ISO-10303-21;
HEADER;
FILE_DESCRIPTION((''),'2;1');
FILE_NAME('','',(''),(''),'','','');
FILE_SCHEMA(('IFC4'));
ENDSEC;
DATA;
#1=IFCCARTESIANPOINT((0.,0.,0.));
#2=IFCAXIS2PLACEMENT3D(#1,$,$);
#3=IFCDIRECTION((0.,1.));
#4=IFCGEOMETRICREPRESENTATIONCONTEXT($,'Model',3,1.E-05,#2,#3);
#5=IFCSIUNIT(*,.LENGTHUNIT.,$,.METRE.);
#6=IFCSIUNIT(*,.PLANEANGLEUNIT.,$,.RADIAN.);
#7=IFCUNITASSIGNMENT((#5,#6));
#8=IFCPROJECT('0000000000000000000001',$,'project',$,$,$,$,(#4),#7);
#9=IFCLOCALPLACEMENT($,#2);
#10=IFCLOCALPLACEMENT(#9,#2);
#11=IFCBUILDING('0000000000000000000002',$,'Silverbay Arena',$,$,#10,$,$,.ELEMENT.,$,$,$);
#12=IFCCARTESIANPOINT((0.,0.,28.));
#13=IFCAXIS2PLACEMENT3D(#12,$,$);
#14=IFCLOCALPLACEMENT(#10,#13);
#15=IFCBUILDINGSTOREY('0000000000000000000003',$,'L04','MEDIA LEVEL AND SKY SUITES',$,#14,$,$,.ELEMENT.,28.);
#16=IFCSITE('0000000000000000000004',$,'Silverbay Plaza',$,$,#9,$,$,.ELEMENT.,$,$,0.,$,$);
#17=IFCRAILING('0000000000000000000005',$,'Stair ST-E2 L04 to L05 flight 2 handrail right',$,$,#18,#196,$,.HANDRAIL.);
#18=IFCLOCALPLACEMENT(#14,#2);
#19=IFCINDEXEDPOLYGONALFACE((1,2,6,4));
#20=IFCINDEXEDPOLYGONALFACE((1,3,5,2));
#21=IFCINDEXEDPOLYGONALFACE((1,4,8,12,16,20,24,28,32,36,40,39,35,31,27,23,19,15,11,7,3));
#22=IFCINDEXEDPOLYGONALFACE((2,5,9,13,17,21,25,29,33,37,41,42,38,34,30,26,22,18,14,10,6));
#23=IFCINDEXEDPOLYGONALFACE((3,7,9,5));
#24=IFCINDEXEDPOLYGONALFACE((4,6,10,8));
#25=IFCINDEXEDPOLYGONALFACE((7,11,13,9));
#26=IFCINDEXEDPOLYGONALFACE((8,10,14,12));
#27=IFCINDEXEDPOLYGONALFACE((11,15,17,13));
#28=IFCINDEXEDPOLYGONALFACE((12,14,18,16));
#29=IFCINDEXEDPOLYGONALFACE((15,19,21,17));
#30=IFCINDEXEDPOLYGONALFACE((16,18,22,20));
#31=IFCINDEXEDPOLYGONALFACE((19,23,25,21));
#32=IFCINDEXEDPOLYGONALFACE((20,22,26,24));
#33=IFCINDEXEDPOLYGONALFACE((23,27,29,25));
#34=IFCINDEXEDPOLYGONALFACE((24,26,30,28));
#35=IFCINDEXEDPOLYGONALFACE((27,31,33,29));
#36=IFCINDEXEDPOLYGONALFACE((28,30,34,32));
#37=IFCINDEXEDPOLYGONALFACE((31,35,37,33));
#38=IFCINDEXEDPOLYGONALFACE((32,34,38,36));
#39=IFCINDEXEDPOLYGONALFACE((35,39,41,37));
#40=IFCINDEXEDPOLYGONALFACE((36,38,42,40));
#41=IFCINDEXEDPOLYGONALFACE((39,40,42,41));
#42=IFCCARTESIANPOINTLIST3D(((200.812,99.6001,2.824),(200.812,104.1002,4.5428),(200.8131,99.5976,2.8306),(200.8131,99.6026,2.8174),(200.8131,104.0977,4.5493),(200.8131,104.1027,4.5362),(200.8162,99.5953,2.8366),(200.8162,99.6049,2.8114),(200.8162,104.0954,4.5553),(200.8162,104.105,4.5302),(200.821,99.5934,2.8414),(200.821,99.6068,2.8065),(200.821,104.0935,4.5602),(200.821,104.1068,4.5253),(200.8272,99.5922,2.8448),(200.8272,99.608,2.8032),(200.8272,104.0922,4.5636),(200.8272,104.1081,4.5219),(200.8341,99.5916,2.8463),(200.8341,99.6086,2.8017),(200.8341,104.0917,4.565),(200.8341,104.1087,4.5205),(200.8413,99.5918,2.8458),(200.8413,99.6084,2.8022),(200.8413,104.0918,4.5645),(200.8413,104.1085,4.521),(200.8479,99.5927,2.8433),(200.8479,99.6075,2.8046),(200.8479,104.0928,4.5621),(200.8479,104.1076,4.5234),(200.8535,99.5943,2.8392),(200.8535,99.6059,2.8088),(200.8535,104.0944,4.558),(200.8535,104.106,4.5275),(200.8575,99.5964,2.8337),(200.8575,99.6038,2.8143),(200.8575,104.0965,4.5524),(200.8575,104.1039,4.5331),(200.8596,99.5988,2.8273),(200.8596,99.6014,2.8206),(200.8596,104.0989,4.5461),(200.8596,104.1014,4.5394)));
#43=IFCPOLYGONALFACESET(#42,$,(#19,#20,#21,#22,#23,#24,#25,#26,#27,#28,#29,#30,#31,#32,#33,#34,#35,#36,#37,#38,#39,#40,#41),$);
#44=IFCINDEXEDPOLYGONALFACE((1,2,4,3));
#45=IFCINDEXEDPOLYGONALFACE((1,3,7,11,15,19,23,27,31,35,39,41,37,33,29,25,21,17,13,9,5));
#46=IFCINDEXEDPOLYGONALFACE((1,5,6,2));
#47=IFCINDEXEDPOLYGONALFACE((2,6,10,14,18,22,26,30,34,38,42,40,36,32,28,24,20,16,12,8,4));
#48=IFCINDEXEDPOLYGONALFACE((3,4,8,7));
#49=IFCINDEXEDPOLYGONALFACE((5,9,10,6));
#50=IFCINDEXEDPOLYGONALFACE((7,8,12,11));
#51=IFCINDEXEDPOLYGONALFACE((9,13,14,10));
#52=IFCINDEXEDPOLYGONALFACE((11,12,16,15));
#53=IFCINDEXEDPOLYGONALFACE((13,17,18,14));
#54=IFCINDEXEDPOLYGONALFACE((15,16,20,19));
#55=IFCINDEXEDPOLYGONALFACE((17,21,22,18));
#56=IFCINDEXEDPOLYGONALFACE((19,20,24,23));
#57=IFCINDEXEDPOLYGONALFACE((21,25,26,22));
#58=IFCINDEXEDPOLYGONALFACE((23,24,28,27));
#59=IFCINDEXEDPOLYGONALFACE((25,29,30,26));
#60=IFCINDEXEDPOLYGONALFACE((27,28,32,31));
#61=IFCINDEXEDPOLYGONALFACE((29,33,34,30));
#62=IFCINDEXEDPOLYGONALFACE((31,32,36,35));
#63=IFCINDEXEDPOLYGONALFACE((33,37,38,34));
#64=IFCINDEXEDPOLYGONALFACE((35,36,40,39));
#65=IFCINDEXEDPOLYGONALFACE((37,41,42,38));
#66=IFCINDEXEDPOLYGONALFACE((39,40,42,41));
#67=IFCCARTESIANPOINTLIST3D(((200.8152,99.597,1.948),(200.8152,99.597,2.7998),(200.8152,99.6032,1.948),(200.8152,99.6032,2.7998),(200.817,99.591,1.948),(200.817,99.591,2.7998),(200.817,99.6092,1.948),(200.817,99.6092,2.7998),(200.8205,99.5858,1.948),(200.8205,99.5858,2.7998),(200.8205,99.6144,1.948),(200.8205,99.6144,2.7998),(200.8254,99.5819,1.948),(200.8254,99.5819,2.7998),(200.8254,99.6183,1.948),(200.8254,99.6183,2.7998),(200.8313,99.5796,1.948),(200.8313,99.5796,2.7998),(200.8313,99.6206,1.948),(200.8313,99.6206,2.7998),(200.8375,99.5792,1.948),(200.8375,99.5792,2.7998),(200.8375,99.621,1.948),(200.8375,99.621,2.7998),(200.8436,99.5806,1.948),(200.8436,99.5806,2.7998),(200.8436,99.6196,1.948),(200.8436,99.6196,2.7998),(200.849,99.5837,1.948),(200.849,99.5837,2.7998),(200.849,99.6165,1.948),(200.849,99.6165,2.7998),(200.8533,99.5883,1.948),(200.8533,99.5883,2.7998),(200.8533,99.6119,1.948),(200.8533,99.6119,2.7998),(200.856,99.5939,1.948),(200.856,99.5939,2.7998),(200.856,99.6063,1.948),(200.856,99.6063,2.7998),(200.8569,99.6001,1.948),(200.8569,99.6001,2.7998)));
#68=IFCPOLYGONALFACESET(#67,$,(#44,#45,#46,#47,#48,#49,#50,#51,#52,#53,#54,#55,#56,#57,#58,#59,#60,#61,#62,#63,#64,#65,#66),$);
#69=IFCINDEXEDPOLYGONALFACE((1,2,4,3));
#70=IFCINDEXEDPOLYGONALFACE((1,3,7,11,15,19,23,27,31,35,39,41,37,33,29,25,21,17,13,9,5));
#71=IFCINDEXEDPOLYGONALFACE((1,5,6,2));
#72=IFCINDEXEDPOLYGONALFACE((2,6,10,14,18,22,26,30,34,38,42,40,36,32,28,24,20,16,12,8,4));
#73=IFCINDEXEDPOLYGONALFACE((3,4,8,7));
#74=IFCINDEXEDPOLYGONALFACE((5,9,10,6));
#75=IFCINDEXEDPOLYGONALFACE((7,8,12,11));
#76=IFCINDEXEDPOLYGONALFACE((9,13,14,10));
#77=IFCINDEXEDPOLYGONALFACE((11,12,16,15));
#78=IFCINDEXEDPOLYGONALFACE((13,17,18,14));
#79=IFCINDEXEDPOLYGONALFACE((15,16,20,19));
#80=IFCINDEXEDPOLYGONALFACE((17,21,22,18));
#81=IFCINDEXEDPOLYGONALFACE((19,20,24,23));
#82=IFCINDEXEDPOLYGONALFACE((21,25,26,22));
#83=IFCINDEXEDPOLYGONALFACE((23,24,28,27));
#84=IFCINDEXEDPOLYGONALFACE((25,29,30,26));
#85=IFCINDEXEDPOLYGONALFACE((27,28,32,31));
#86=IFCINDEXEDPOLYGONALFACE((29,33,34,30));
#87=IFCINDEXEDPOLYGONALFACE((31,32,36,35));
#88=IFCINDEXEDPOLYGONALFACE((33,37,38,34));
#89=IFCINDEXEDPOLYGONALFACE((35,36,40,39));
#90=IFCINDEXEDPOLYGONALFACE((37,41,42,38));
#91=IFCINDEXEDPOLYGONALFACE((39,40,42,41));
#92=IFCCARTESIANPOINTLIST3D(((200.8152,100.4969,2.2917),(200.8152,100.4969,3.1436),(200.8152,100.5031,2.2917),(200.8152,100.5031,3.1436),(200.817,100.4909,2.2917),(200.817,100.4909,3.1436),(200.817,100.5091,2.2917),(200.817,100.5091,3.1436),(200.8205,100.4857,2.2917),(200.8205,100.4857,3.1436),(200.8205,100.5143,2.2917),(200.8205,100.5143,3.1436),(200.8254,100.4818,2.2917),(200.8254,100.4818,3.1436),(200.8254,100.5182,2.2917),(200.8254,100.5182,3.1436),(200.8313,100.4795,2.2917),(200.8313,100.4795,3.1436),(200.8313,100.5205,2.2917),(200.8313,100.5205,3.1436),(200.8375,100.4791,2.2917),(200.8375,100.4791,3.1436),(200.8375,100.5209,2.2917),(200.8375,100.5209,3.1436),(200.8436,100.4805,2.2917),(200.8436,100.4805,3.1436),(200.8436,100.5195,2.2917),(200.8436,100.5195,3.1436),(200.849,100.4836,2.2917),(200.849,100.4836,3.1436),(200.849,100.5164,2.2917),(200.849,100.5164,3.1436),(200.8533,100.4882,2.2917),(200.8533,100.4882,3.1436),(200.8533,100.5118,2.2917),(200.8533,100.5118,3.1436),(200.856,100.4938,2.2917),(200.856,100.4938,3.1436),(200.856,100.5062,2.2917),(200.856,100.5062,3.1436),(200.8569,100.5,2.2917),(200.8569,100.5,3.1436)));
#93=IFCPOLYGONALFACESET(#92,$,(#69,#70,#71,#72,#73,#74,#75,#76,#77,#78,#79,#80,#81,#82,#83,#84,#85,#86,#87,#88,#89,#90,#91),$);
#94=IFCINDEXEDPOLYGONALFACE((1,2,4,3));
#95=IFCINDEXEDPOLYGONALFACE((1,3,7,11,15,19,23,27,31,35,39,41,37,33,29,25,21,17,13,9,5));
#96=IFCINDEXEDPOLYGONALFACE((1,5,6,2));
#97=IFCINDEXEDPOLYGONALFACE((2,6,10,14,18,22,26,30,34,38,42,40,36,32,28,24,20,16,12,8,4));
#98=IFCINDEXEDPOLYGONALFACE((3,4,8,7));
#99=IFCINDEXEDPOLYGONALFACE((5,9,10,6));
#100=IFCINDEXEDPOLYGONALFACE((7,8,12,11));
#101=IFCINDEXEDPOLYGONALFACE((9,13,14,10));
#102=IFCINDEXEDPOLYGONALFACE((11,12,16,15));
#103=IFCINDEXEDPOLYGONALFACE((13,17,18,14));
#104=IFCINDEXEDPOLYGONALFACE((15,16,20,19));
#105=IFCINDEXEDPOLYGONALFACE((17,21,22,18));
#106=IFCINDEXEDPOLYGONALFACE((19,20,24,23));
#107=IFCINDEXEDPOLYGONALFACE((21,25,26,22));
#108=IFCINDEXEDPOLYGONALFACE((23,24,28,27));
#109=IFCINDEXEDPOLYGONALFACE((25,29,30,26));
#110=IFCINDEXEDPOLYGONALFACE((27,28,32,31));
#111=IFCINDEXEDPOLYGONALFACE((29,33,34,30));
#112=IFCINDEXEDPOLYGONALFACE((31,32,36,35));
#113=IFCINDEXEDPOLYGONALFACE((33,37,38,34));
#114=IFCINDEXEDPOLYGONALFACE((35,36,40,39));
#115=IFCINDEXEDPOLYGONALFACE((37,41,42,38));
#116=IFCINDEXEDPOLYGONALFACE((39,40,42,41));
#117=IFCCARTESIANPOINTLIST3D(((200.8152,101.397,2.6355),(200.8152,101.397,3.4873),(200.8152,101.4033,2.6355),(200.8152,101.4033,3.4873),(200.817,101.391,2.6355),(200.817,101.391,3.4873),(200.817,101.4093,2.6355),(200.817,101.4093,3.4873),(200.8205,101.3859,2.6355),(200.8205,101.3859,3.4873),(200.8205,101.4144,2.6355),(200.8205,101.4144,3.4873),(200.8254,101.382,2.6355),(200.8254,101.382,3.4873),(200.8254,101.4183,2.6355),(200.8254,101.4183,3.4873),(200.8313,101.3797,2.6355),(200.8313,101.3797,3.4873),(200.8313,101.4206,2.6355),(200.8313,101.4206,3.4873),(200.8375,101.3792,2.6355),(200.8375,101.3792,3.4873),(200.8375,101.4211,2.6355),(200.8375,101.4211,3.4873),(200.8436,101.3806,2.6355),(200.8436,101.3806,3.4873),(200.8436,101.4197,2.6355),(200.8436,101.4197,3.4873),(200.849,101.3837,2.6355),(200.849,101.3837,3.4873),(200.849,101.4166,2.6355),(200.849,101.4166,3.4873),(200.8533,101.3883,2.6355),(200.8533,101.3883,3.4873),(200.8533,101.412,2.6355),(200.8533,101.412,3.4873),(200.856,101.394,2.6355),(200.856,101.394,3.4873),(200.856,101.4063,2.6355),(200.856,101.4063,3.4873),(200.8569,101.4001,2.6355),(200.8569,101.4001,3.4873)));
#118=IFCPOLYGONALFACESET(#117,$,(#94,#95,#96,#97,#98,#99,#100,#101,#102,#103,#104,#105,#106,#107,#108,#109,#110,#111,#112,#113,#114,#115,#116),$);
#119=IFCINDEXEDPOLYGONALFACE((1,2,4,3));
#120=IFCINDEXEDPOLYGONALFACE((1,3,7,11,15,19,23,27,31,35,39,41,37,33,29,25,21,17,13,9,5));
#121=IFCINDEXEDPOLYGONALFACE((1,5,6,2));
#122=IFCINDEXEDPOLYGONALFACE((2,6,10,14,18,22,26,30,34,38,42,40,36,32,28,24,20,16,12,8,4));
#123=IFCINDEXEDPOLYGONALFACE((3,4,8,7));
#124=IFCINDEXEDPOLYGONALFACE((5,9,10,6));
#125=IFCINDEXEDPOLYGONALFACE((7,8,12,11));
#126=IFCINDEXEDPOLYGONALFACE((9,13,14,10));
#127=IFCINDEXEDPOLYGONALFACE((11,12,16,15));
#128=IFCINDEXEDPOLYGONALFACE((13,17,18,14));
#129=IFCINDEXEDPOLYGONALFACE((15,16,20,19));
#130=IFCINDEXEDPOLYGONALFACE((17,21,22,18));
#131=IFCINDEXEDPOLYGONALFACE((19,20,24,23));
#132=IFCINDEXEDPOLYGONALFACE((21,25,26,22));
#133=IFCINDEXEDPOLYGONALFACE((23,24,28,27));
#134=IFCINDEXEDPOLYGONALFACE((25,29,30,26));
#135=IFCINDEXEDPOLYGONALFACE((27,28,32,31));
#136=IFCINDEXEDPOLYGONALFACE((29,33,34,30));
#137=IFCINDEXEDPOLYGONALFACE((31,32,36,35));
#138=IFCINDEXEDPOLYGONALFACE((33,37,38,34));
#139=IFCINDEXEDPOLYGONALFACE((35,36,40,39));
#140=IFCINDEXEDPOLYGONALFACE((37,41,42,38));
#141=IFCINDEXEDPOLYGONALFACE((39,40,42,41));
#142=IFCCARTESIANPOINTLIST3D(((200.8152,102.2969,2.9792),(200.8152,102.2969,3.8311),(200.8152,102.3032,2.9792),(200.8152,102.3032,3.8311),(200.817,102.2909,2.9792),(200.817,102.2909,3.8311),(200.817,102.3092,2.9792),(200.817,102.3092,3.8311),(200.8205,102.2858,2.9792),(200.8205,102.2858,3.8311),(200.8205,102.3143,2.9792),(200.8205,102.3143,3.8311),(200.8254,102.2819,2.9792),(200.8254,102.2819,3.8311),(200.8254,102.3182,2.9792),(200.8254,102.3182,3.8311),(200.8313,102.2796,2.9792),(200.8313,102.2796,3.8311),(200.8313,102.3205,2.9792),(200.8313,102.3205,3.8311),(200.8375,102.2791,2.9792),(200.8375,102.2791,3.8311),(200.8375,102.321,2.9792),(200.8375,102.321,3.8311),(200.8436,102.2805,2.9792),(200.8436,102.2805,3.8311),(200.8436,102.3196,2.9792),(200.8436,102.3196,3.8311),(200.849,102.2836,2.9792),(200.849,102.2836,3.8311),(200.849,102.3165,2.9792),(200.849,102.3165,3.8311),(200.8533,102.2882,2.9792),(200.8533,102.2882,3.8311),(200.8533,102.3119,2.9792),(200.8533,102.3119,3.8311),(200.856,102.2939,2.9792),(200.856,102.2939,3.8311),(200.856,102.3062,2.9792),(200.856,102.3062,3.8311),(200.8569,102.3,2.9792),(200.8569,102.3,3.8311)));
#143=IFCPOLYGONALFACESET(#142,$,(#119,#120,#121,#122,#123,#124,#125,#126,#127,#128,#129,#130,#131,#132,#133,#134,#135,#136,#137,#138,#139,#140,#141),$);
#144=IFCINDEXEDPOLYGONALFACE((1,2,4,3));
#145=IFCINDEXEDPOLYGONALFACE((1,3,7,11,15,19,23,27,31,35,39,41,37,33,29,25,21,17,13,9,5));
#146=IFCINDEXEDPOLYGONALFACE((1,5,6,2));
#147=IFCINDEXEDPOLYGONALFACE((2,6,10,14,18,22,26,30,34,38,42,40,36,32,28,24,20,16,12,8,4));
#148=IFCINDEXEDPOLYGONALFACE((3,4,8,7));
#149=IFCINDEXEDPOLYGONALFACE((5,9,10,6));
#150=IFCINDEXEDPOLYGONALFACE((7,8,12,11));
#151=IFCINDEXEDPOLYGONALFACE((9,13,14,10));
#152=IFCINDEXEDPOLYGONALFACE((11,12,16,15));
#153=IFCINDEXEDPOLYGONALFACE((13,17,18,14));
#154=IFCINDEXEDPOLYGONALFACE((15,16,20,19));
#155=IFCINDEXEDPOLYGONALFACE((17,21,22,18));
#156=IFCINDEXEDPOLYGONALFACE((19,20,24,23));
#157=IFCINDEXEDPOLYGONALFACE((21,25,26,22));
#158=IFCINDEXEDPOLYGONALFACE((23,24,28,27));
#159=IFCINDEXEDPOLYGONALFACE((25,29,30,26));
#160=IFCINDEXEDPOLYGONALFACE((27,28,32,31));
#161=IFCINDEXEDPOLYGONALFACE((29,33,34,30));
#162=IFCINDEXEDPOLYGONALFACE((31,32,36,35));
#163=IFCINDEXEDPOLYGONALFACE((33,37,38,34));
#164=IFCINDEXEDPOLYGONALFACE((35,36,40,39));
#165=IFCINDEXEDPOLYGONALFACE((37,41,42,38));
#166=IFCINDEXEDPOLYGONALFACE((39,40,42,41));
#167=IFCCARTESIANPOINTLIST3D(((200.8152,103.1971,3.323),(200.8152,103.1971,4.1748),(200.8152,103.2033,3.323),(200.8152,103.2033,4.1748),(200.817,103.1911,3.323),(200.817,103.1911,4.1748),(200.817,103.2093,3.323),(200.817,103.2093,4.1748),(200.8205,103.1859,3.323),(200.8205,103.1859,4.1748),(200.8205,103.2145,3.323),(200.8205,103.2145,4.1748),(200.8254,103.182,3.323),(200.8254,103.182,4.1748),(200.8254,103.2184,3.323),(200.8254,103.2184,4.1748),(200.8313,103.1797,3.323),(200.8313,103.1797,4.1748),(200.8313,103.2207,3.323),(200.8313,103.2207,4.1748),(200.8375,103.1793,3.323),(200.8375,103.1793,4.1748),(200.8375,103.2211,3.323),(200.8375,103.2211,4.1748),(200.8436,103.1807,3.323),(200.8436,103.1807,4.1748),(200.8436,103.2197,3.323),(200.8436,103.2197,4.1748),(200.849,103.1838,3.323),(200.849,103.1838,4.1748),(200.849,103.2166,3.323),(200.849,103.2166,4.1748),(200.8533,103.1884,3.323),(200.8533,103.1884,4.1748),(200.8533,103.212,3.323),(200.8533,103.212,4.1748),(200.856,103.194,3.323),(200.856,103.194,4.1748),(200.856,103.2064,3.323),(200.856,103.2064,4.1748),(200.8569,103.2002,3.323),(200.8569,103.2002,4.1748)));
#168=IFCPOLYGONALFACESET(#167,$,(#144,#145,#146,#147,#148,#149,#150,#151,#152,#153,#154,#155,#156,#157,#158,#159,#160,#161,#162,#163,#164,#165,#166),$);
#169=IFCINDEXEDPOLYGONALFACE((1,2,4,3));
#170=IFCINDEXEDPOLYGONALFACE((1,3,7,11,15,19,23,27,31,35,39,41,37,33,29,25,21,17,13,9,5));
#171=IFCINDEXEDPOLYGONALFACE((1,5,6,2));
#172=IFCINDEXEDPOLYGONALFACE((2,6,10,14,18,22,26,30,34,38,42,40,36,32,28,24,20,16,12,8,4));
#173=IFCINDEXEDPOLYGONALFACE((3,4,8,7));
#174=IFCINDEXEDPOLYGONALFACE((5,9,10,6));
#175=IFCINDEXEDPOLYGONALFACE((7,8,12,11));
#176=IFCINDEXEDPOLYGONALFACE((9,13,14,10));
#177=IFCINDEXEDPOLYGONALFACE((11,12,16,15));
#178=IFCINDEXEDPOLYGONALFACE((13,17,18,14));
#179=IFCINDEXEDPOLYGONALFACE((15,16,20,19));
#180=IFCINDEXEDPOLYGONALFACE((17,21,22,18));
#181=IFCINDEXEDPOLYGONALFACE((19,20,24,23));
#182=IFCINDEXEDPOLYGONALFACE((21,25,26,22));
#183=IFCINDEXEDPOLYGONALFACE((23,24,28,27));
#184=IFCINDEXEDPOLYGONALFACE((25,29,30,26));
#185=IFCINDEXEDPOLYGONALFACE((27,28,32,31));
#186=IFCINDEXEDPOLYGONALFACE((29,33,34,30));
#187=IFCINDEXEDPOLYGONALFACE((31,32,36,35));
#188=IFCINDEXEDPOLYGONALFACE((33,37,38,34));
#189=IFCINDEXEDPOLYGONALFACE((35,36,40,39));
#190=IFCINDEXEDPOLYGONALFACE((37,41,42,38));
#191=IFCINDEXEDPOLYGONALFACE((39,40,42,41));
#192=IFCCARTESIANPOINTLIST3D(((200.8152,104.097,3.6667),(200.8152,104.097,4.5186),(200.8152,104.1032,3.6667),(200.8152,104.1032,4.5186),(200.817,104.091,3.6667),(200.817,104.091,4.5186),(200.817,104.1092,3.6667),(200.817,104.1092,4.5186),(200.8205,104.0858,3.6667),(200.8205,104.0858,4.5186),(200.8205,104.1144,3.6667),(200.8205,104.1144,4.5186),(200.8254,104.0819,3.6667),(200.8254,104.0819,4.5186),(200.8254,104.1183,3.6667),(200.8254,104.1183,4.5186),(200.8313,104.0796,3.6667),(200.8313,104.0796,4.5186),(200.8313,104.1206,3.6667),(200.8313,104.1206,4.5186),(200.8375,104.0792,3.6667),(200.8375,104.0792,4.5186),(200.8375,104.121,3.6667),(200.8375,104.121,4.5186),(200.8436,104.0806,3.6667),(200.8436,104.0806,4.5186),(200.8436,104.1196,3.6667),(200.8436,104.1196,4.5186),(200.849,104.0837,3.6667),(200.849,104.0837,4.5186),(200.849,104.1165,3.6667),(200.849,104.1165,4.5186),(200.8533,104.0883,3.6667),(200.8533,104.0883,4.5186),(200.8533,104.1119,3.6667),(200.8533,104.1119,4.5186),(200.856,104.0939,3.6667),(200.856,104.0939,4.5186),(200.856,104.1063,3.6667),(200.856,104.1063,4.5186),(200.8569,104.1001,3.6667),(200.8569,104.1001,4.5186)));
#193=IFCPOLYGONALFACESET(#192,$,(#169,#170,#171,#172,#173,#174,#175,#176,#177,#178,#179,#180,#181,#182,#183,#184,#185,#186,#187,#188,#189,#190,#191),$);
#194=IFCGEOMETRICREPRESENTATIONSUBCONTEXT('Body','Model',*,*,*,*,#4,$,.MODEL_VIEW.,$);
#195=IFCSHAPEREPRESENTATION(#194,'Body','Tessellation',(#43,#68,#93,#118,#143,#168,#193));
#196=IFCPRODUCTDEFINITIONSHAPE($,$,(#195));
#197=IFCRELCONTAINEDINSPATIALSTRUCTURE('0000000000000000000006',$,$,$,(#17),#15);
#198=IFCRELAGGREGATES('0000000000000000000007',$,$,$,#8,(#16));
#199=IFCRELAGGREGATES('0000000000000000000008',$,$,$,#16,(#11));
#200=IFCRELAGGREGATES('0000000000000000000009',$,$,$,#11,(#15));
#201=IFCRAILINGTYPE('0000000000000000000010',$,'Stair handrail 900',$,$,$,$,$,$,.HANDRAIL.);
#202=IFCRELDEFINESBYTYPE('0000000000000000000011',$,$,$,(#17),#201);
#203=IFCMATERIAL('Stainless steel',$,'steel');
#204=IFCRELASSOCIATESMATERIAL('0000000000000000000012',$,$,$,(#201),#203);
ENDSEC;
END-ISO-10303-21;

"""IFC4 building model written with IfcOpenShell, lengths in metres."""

from ifc_helpers import new_model, si_unit, direction, frame, origin, origin_2d, place, context, subcontext, project, spatial, circle, extrude, material, type_object, element, save


model = new_model("IFC4")

# Units and contexts
model_context = context("Model", 3, precision=1e-05, world=origin(), true_north=direction((0.0, 1.0)))
body_context = subcontext(model_context, "Body", "Model", "MODEL_VIEW")
ifc_project = project(units=[si_unit("LENGTHUNIT", "METRE"), si_unit("PLANEANGLEUNIT", "RADIAN")], contexts=[model_context])

# Site, building, storey
site_placement = place(None, origin())
site = spatial("IfcSite", under=ifc_project, at=site_placement, Name="Silverbay Plaza", CompositionType="ELEMENT", RefElevation=0.0)
building_placement = place(site_placement, origin())
building = spatial("IfcBuilding", under=site, at=building_placement, Name="Silverbay Arena", CompositionType="ELEMENT")
storey_placement = place(building_placement, frame((0.0, 0.0, 28.0)))
storey = spatial("IfcBuildingStorey", under=building, at=storey_placement, Name="L04", Description="MEDIA LEVEL AND SKY SUITES", CompositionType="ELEMENT", Elevation=28.0)

# Railing
ifc_material_1 = material(Name="Stainless steel", Category="steel")
railing_type_1 = type_object("IfcRailingType", Name="Stair handrail 900", PredefinedType="HANDRAIL", material=ifc_material_1)
for number, where, name in (
    (1, (200.8359, 99.6001, 1.948), "Stair ST-E2 L04 to L05 flight 2 handrail right"),
):
    element("IfcRailing", number, at=place(storey_placement, frame(where)), inside=storey, type_object=railing_type_1, Name=name, PredefinedType="HANDRAIL", context=body_context, shape_type="SweptSolid", body=[
        extrude(circle(Radius=0.0239, at=origin_2d()), frame((0.0, 0.0, 0.876), z_axis=(0.0, 0.934179, 0.356805), x_axis=(-1.0, 0.0, 0.0)), (0.0, 0.0, 1.0), 4.8171),
        extrude(circle(Radius=0.021, at=origin_2d()), origin(), (0.0, 0.0, 1.0), 0.8518),
        extrude(circle(Radius=0.021, at=origin_2d()), frame((0.0, 0.8999, 0.3438)), (0.0, 0.0, 1.0), 0.8518),
        extrude(circle(Radius=0.021, at=origin_2d()), frame((0.0, 1.8, 0.6875)), (0.0, 0.0, 1.0), 0.8518),
        extrude(circle(Radius=0.021, at=origin_2d()), frame((0.0, 2.7, 1.0312)), (0.0, 0.0, 1.0), 0.8518),
        extrude(circle(Radius=0.021, at=origin_2d()), frame((0.0, 3.6001, 1.375)), (0.0, 0.0, 1.0), 0.8518),
        extrude(circle(Radius=0.021, at=origin_2d()), frame((0.0, 4.5, 1.7188)), (0.0, 0.0, 1.0), 0.8518),
    ])

save(model, "model.ifc")
